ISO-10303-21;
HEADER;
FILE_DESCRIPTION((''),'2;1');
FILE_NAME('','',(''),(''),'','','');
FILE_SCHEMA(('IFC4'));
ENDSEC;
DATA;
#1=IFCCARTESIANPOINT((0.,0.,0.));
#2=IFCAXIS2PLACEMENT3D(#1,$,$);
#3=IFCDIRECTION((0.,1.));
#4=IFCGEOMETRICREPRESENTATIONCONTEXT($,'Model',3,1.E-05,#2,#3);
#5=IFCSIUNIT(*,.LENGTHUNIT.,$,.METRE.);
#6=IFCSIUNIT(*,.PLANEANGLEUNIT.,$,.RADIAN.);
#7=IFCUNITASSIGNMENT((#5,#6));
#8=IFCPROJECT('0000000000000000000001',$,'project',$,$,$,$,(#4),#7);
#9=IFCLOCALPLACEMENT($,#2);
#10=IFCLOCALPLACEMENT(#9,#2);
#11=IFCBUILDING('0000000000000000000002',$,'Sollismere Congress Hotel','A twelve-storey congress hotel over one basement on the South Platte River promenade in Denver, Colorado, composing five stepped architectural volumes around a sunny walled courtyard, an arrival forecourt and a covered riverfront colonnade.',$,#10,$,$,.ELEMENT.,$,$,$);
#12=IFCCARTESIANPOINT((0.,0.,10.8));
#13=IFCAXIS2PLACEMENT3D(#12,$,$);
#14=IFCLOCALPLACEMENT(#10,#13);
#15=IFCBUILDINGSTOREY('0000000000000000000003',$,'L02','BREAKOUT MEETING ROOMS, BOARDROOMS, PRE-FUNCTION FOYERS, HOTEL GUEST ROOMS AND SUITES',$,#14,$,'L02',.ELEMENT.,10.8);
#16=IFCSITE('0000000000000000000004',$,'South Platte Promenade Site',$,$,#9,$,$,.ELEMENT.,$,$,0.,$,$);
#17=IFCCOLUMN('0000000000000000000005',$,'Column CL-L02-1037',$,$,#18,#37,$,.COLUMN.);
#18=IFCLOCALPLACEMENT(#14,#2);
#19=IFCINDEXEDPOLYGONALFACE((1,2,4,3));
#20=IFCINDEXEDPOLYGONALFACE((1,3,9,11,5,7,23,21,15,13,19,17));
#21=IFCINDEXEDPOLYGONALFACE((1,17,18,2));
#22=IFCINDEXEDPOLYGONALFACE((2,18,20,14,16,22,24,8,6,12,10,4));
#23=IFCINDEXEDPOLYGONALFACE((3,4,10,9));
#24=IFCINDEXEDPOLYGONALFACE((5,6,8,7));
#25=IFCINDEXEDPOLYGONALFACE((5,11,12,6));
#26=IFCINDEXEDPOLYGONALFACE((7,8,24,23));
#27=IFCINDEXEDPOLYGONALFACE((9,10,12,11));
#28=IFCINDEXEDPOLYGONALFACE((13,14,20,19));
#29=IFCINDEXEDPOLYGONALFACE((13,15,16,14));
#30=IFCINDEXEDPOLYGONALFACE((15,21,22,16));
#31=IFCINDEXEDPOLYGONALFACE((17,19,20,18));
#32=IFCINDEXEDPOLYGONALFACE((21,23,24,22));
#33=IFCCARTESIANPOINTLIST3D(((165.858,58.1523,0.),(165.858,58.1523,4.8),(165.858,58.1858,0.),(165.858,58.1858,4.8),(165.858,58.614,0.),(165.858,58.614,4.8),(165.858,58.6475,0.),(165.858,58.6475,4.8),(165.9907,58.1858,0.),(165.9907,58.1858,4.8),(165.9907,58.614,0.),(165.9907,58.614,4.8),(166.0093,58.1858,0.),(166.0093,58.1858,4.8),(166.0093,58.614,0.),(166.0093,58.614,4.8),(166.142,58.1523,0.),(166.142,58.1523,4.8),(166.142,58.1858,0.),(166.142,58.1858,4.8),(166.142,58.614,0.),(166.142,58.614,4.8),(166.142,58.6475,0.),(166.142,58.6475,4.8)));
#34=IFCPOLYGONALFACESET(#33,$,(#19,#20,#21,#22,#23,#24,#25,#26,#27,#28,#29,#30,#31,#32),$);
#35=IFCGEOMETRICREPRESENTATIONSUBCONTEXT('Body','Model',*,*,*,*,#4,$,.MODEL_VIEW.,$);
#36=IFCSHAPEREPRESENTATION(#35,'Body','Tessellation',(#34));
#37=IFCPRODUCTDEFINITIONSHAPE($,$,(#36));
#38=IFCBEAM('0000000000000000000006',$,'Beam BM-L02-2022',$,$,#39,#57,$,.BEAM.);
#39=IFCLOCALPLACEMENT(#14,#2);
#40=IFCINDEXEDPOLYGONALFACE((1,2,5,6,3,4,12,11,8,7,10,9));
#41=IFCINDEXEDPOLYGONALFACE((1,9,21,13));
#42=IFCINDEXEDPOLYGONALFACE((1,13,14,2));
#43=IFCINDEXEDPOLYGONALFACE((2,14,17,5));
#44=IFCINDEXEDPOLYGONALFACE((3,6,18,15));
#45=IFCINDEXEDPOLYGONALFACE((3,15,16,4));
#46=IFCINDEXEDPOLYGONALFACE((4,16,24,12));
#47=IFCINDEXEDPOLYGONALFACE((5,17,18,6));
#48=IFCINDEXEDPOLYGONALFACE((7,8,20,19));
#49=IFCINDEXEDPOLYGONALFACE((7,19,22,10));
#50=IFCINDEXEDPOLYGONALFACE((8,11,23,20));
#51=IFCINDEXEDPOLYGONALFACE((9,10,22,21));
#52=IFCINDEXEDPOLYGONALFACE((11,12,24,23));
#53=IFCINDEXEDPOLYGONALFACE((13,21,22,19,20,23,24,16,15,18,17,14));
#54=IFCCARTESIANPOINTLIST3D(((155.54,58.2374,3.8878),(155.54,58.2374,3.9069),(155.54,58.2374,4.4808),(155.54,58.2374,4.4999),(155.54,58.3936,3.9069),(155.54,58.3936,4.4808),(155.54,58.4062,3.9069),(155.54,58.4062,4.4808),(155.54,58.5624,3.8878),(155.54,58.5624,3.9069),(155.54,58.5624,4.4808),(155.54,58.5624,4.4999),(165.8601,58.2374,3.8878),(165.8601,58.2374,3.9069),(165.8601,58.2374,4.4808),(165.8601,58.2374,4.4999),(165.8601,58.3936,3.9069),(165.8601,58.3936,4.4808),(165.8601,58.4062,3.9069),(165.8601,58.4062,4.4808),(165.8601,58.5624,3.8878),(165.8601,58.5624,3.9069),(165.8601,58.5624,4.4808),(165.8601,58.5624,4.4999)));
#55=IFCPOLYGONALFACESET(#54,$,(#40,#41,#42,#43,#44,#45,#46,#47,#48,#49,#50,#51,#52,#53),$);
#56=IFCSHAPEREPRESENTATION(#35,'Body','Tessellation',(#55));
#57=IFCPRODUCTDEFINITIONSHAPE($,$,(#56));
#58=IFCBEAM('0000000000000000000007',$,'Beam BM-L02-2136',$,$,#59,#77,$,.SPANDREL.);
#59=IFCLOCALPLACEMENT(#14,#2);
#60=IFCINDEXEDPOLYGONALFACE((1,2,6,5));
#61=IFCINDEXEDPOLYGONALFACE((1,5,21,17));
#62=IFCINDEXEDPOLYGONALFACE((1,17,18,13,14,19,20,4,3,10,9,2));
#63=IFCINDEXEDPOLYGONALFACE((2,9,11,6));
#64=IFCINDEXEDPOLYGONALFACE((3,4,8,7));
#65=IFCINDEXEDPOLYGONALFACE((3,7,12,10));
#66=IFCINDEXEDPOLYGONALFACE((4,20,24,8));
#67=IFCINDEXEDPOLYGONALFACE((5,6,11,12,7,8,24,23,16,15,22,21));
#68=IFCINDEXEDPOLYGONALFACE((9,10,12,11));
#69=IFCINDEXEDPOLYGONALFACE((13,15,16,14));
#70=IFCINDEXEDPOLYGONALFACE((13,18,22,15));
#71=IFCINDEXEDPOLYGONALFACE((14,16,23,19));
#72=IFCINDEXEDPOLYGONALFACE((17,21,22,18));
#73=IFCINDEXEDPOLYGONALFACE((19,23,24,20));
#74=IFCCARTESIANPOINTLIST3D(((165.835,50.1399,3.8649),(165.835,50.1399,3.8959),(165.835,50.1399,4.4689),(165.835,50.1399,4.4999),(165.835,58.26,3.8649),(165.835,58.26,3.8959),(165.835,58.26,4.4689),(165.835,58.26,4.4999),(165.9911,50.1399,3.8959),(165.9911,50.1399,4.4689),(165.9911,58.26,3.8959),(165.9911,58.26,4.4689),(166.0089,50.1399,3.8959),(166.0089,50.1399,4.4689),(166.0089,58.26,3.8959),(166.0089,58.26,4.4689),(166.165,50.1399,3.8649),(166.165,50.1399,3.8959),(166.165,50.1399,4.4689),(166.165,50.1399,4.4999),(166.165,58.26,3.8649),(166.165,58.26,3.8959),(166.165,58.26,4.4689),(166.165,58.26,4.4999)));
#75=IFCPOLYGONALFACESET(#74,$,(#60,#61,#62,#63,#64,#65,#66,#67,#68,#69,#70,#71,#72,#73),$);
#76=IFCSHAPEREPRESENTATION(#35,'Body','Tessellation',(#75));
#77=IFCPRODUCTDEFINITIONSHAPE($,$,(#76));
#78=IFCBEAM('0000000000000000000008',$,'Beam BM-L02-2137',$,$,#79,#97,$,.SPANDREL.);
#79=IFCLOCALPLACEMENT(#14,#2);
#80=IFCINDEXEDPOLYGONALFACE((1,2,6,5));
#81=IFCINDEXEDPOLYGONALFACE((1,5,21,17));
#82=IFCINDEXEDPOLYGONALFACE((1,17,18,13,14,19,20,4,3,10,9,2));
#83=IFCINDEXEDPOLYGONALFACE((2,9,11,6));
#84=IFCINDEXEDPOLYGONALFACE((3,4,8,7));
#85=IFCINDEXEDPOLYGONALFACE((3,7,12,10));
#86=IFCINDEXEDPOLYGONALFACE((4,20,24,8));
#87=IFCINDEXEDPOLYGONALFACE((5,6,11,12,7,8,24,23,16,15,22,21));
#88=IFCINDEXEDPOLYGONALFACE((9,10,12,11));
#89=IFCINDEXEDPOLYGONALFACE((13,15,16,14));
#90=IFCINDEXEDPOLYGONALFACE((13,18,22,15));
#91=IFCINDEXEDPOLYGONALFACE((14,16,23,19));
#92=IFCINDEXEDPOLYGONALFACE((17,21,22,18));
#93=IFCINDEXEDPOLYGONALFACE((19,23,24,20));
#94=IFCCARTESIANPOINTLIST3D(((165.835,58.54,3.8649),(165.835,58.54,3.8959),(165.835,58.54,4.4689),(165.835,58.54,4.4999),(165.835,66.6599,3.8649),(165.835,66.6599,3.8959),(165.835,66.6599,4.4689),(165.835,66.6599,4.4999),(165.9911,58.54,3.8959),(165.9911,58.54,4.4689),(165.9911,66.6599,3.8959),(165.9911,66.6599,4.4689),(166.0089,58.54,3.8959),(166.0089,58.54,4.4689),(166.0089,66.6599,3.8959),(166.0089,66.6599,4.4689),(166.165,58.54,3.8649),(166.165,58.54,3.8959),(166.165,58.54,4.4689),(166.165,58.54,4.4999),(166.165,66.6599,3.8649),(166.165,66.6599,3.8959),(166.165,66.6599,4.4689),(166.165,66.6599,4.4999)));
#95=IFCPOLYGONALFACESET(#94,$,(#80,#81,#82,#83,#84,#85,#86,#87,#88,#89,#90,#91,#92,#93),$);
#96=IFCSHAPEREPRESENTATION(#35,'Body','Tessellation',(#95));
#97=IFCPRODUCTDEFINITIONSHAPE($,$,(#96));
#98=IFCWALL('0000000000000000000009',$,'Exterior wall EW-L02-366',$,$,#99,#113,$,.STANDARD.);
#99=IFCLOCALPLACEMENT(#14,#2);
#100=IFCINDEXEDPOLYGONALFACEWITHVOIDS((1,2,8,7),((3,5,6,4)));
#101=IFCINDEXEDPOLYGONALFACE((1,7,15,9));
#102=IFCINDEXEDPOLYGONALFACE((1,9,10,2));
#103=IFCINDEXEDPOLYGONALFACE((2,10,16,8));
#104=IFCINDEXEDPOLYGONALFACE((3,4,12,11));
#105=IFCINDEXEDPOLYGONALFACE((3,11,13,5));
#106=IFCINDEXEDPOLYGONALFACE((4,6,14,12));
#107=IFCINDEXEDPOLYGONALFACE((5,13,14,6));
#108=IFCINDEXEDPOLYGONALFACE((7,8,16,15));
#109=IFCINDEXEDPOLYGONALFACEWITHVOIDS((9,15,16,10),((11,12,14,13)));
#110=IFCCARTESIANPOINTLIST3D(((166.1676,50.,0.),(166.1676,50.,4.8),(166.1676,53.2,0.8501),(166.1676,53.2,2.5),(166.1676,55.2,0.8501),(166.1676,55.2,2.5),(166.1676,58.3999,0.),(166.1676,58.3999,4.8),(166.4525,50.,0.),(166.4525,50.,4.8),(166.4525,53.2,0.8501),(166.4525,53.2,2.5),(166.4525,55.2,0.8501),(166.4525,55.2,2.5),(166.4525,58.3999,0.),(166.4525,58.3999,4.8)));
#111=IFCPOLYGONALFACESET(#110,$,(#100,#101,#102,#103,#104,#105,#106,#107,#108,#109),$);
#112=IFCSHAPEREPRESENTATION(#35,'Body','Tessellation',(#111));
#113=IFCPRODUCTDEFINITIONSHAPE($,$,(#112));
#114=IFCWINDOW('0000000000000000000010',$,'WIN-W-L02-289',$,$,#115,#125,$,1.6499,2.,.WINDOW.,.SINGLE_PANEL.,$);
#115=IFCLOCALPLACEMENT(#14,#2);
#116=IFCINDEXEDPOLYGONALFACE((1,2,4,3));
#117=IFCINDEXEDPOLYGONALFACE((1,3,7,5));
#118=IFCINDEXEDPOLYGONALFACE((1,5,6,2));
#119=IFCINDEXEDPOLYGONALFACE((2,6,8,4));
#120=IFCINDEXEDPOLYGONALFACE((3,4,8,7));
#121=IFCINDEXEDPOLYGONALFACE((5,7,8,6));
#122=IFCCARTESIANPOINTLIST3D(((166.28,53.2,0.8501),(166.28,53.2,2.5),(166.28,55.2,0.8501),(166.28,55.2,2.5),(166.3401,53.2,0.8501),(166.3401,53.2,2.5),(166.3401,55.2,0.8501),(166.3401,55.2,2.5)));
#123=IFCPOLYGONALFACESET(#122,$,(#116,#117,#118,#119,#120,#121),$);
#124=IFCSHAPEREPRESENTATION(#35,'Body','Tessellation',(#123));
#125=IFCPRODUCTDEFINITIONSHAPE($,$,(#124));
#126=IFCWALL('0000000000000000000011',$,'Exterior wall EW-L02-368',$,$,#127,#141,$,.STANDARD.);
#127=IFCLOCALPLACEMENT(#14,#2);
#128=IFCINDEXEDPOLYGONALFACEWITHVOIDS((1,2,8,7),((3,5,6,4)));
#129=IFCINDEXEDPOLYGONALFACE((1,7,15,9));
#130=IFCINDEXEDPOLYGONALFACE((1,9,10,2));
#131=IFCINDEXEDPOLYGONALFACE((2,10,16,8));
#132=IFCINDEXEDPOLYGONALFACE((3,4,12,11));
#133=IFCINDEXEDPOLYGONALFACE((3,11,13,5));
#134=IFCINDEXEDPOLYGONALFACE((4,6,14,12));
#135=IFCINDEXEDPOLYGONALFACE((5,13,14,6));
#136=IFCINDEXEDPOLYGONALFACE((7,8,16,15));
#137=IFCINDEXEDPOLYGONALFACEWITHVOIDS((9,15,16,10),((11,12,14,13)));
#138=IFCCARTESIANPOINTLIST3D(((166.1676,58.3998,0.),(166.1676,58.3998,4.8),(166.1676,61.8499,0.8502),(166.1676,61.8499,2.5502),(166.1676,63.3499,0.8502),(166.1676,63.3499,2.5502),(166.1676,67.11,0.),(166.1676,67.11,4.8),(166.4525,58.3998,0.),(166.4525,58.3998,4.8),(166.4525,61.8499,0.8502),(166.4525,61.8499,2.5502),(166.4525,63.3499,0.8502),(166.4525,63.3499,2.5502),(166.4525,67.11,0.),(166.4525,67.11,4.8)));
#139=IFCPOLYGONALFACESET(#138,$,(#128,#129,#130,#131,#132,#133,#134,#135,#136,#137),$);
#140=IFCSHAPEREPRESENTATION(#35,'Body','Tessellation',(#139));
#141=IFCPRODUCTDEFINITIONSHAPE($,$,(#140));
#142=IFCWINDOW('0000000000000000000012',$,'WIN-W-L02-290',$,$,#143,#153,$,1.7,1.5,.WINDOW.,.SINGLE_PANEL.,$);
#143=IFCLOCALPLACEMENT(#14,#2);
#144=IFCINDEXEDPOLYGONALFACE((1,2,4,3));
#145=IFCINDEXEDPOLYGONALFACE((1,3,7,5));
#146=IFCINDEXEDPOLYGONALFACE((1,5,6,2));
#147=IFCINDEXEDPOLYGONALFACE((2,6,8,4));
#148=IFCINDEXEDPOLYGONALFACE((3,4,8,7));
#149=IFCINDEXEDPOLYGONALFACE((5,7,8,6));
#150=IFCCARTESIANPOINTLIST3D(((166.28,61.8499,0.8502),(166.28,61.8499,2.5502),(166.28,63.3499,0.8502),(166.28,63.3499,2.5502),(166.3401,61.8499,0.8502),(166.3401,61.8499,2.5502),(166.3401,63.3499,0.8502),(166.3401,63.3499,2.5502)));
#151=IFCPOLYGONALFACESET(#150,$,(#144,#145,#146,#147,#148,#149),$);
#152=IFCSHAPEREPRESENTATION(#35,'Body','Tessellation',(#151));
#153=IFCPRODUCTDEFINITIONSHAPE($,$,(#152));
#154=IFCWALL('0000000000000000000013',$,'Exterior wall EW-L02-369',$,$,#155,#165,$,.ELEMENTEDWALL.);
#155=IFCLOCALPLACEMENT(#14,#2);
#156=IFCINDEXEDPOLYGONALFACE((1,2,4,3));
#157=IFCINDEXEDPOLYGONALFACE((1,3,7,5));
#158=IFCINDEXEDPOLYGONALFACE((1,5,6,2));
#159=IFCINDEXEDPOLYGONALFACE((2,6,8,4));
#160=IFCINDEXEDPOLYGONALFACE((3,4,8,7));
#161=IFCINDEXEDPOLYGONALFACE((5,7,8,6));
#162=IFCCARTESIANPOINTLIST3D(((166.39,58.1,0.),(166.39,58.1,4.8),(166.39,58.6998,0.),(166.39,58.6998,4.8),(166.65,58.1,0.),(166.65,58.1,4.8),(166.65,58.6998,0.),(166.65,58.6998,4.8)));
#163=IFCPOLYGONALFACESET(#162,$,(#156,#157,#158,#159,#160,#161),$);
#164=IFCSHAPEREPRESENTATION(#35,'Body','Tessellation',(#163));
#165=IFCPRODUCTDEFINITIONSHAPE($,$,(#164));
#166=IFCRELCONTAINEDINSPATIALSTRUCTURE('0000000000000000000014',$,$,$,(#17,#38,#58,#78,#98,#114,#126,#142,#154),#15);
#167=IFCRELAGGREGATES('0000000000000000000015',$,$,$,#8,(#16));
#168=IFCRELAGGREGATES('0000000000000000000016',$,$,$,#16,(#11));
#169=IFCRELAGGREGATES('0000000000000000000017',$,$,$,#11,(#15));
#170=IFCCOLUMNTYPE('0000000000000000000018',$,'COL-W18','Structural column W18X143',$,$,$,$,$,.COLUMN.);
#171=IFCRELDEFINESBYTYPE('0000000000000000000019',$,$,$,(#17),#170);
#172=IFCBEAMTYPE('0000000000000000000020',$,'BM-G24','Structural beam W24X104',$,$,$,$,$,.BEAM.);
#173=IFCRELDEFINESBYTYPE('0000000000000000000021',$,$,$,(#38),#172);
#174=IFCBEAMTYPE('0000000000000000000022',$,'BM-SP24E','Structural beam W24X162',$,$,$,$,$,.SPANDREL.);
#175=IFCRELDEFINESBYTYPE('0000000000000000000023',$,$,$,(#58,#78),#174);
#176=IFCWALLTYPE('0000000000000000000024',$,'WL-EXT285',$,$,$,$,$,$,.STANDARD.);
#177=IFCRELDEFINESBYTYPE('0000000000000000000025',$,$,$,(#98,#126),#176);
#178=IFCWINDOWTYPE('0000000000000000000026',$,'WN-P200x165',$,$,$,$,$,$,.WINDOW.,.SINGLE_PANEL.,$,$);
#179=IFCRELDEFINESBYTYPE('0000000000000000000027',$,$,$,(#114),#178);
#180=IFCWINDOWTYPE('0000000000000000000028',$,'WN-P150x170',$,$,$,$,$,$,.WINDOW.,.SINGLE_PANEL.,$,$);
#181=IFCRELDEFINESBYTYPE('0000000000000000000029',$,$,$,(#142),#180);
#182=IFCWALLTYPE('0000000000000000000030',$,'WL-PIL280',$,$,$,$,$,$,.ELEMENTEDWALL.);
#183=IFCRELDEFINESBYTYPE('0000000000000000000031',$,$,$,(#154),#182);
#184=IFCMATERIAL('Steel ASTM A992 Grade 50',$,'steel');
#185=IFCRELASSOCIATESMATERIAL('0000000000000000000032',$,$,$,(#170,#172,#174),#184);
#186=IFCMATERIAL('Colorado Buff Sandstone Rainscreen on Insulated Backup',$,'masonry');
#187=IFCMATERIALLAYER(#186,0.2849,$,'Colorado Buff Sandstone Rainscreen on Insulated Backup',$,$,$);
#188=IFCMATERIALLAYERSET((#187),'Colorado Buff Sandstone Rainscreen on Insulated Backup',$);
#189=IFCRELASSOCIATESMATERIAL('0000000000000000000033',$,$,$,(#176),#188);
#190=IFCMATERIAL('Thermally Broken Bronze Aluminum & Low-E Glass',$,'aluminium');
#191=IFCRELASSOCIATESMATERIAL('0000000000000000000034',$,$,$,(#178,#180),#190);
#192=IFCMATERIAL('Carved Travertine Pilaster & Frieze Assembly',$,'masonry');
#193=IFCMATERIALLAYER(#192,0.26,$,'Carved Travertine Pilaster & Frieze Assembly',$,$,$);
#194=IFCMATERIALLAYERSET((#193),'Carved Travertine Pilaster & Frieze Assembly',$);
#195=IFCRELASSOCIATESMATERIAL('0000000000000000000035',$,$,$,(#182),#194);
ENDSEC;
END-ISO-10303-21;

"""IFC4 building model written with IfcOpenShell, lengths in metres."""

from ifc_helpers import new_model, si_unit, direction, frame, frame_2d, origin, origin_2d, place, context, subcontext, project, spatial, rectangle, i_section, extrude, material, layer, layer_set, material_profile, profile_set, type_object, element, fill, save


model = new_model("IFC4")

# Units and contexts
model_context = context("Model", 3, precision=1e-05, world=origin(), true_north=direction((0.0, 1.0)))
body_context = subcontext(model_context, "Body", "Model", "MODEL_VIEW")
ifc_project = project(units=[si_unit("LENGTHUNIT", "METRE"), si_unit("PLANEANGLEUNIT", "RADIAN")], contexts=[model_context])

# Site, building, storey
site_placement = place(None, origin())
site = spatial("IfcSite", under=ifc_project, at=site_placement, Name="South Platte Promenade Site", CompositionType="ELEMENT", RefElevation=0.0)
building_placement = place(site_placement, origin())
building = spatial("IfcBuilding", under=site, at=building_placement, Name="Sollismere Congress Hotel", Description="A twelve-storey congress hotel over one basement on the South Platte River promenade in Denver, Colorado, composing five stepped architectural volumes around a sunny walled courtyard, an arrival forecourt and a covered riverfront colonnade.", CompositionType="ELEMENT")
storey_placement = place(building_placement, frame((0.0, 0.0, 10.8)))
storey = spatial("IfcBuildingStorey", under=building, at=storey_placement, Name="L02", Description="BREAKOUT MEETING ROOMS, BOARDROOMS, PRE-FUNCTION FOYERS, HOTEL GUEST ROOMS AND SUITES", LongName="L02", CompositionType="ELEMENT", Elevation=10.8)

# Column
ifc_material_1 = material(Name="Steel ASTM A992 Grade 50", Category="steel")
ifc_material_profile_1 = material_profile(ifc_material_1, i_section(OverallWidth=0.2839, OverallDepth=0.4951, WebThickness=0.0186, FlangeThickness=0.0334, at=origin_2d()), Name="W18X143")
ifc_profile_set_1 = profile_set([ifc_material_profile_1], Name="Steel ASTM A992 Grade 50")
column_type = type_object("IfcColumnType", Name="COL-W18", Description="Structural column W18X143", PredefinedType="COLUMN", material=ifc_profile_set_1)
column_placement = place(storey_placement, frame((166.0, 58.3999, 0.0), z_axis=(0.0, 0.0, 1.0), x_axis=(1.0, 0.0, 0.0)))
element("IfcColumn", 1, at=column_placement, inside=storey, type_object=column_type, Name="Column CL-L02-1037", PredefinedType="COLUMN", context=body_context, shape_type="SweptSolid", body=[
    extrude(i_section(OverallWidth=0.2839, OverallDepth=0.4951, WebThickness=0.0186, FlangeThickness=0.0334, at=origin_2d()), origin(), (0.0, 0.0, 1.0), 4.8),
])

# Beams
ifc_material_profile_2 = material_profile(ifc_material_1, i_section(OverallWidth=0.325, OverallDepth=0.6121, WebThickness=0.0127, FlangeThickness=0.019, at=origin_2d()), Name="W24X104")
ifc_profile_set_2 = profile_set([ifc_material_profile_2], Name="Steel ASTM A992 Grade 50")
beam_type_1 = type_object("IfcBeamType", Name="BM-G24", Description="Structural beam W24X104", PredefinedType="BEAM", material=ifc_profile_set_2)
beam_1_placement = place(storey_placement, frame((155.54, 58.3999, 4.1938), z_axis=(1.0, 0.0, 0.0), x_axis=(0.0, 1.0, 0.0)))
element("IfcBeam", 2, at=beam_1_placement, inside=storey, type_object=beam_type_1, Name="Beam BM-L02-2022", PredefinedType="BEAM", context=body_context, shape_type="SweptSolid", body=[
    extrude(i_section(OverallWidth=0.325, OverallDepth=0.6121, WebThickness=0.0127, FlangeThickness=0.019, at=origin_2d()), origin(), (0.0, 0.0, 1.0), 10.3201),
])
ifc_material_profile_3 = material_profile(ifc_material_1, i_section(OverallWidth=0.3301, OverallDepth=0.635, WebThickness=0.0178, FlangeThickness=0.031, at=origin_2d()), Name="W24X162")
ifc_profile_set_3 = profile_set([ifc_material_profile_3], Name="Steel ASTM A992 Grade 50")
beam_type_2 = type_object("IfcBeamType", Name="BM-SP24E", Description="Structural beam W24X162", PredefinedType="SPANDREL", material=ifc_profile_set_3)
beam_2_placement = place(storey_placement, frame((166.0, 50.1399, 4.1824), z_axis=(0.0, 1.0, 0.0), x_axis=(-1.0, 0.0, 0.0)))
element("IfcBeam", 3, at=beam_2_placement, inside=storey, type_object=beam_type_2, Name="Beam BM-L02-2136", PredefinedType="SPANDREL", context=body_context, shape_type="SweptSolid", body=[
    extrude(i_section(OverallWidth=0.3301, OverallDepth=0.635, WebThickness=0.0178, FlangeThickness=0.031, at=origin_2d()), origin(), (0.0, 0.0, 1.0), 8.1201),
])
beam_3_placement = place(storey_placement, frame((166.0, 58.54, 4.1824), z_axis=(0.0, 1.0, 0.0), x_axis=(-1.0, 0.0, 0.0)))
element("IfcBeam", 4, at=beam_3_placement, inside=storey, type_object=beam_type_2, Name="Beam BM-L02-2137", PredefinedType="SPANDREL", context=body_context, shape_type="SweptSolid", body=[
    extrude(i_section(OverallWidth=0.3301, OverallDepth=0.635, WebThickness=0.0178, FlangeThickness=0.031, at=origin_2d()), origin(), (0.0, 0.0, 1.0), 8.1199),
])

# Walls, openings, windows
ifc_material_2 = material(Name="Colorado Buff Sandstone Rainscreen on Insulated Backup", Category="masonry")
ifc_layer_1 = layer(ifc_material_2, 0.2849, Name="Colorado Buff Sandstone Rainscreen on Insulated Backup")
ifc_layer_set_1 = layer_set([ifc_layer_1], Name="Colorado Buff Sandstone Rainscreen on Insulated Backup")
wall_type_1 = type_object("IfcWallType", Name="WL-EXT285", PredefinedType="STANDARD", material=ifc_layer_set_1)
wall_1_placement = place(storey_placement, frame((166.3101, 50.0, 0.0), z_axis=(0.0, 0.0, 1.0), x_axis=(0.0, 1.0, 0.0)))
wall_1 = element("IfcWall", 5, at=wall_1_placement, inside=storey, type_object=wall_type_1, Name="Exterior wall EW-L02-366", PredefinedType="STANDARD", context=body_context, shape_type="SweptSolid", body=[
    extrude(rectangle(XDim=8.3999, YDim=0.2849, at=frame_2d((4.2, 0.0))), origin(), (0.0, 0.0, 1.0), 4.8),
])
opening_1_placement = place(wall_1_placement, frame((3.2, 0.0, 0.8501)))
opening_1 = element("IfcOpeningElement", 6, at=opening_1_placement, cuts=wall_1, PredefinedType="OPENING", context=body_context, shape_type="SweptSolid", body=[
    extrude(rectangle(XDim=2.0, YDim=1.6499, at=frame_2d((1.0, 0.825))), frame((0.0, 0.1523, 0.0), z_axis=(0.0, -1.0, 0.0), x_axis=(1.0, 0.0, 0.0)), (0.0, 0.0, 1.0), 0.3049),
])
ifc_material_3 = material(Name="Thermally Broken Bronze Aluminum & Low-E Glass", Category="aluminium")
window_type_1 = type_object("IfcWindowType", Name="WN-P200x165", PartitioningType="SINGLE_PANEL", PredefinedType="WINDOW", material=ifc_material_3)
window_1_placement = place(opening_1_placement, origin())
window_1 = element("IfcWindow", 7, at=window_1_placement, inside=storey, type_object=window_type_1, Name="WIN-W-L02-289", OverallHeight=1.6499, OverallWidth=2.0, PartitioningType="SINGLE_PANEL", PredefinedType="WINDOW", context=body_context, shape_type="SweptSolid", body=[
    extrude(rectangle(XDim=2.0, YDim=1.6499, at=frame_2d((1.0, 0.825))), frame((0.0, 0.03, 0.0), z_axis=(0.0, -1.0, 0.0), x_axis=(1.0, 0.0, 0.0)), (0.0, 0.0, 1.0), 0.0601),
])
fill(opening_1, window_1)
wall_2_placement = place(storey_placement, frame((166.3101, 58.3999, 0.0), z_axis=(0.0, 0.0, 1.0), x_axis=(0.0, 1.0, 0.0)))
wall_2 = element("IfcWall", 8, at=wall_2_placement, inside=storey, type_object=wall_type_1, Name="Exterior wall EW-L02-368", PredefinedType="STANDARD", context=body_context, shape_type="SweptSolid", body=[
    extrude(rectangle(XDim=8.7102, YDim=0.2849, at=frame_2d((4.355, 0.0))), origin(), (0.0, 0.0, 1.0), 4.8),
])
opening_2_placement = place(wall_2_placement, frame((3.45, 0.0, 0.8501)))
opening_2 = element("IfcOpeningElement", 9, at=opening_2_placement, cuts=wall_2, PredefinedType="OPENING", context=body_context, shape_type="SweptSolid", body=[
    extrude(rectangle(XDim=1.5, YDim=1.7, at=frame_2d((0.75, 0.8501))), frame((0.0, 0.1523, 0.0), z_axis=(0.0, -1.0, 0.0), x_axis=(1.0, 0.0, 0.0)), (0.0, 0.0, 1.0), 0.3049),
])
window_type_2 = type_object("IfcWindowType", Name="WN-P150x170", PartitioningType="SINGLE_PANEL", PredefinedType="WINDOW", material=ifc_material_3)
window_2_placement = place(opening_2_placement, origin())
window_2 = element("IfcWindow", 10, at=window_2_placement, inside=storey, type_object=window_type_2, Name="WIN-W-L02-290", OverallHeight=1.7, OverallWidth=1.5, PartitioningType="SINGLE_PANEL", PredefinedType="WINDOW", context=body_context, shape_type="SweptSolid", body=[
    extrude(rectangle(XDim=1.5, YDim=1.7, at=frame_2d((0.75, 0.8501))), frame((0.0, 0.03, 0.0), z_axis=(0.0, -1.0, 0.0), x_axis=(1.0, 0.0, 0.0)), (0.0, 0.0, 1.0), 0.0601),
])
fill(opening_2, window_2)

# Wall
ifc_material_4 = material(Name="Carved Travertine Pilaster & Frieze Assembly", Category="masonry")
ifc_layer_2 = layer(ifc_material_4, 0.26, Name="Carved Travertine Pilaster & Frieze Assembly")
ifc_layer_set_2 = layer_set([ifc_layer_2], Name="Carved Travertine Pilaster & Frieze Assembly")
wall_type_2 = type_object("IfcWallType", Name="WL-PIL280", PredefinedType="ELEMENTEDWALL", material=ifc_layer_set_2)
wall_3_placement = place(storey_placement, frame((166.52, 58.1001, 0.0), z_axis=(0.0, 0.0, 1.0), x_axis=(0.0, 1.0, 0.0)))
element("IfcWall", 11, at=wall_3_placement, inside=storey, type_object=wall_type_2, Name="Exterior wall EW-L02-369", PredefinedType="ELEMENTEDWALL", context=body_context, shape_type="SweptSolid", body=[
    extrude(rectangle(XDim=0.5999, YDim=0.26, at=frame_2d((0.2998, 0.0))), origin(), (0.0, 0.0, 1.0), 4.8),
])

save(model, "model.ifc")
